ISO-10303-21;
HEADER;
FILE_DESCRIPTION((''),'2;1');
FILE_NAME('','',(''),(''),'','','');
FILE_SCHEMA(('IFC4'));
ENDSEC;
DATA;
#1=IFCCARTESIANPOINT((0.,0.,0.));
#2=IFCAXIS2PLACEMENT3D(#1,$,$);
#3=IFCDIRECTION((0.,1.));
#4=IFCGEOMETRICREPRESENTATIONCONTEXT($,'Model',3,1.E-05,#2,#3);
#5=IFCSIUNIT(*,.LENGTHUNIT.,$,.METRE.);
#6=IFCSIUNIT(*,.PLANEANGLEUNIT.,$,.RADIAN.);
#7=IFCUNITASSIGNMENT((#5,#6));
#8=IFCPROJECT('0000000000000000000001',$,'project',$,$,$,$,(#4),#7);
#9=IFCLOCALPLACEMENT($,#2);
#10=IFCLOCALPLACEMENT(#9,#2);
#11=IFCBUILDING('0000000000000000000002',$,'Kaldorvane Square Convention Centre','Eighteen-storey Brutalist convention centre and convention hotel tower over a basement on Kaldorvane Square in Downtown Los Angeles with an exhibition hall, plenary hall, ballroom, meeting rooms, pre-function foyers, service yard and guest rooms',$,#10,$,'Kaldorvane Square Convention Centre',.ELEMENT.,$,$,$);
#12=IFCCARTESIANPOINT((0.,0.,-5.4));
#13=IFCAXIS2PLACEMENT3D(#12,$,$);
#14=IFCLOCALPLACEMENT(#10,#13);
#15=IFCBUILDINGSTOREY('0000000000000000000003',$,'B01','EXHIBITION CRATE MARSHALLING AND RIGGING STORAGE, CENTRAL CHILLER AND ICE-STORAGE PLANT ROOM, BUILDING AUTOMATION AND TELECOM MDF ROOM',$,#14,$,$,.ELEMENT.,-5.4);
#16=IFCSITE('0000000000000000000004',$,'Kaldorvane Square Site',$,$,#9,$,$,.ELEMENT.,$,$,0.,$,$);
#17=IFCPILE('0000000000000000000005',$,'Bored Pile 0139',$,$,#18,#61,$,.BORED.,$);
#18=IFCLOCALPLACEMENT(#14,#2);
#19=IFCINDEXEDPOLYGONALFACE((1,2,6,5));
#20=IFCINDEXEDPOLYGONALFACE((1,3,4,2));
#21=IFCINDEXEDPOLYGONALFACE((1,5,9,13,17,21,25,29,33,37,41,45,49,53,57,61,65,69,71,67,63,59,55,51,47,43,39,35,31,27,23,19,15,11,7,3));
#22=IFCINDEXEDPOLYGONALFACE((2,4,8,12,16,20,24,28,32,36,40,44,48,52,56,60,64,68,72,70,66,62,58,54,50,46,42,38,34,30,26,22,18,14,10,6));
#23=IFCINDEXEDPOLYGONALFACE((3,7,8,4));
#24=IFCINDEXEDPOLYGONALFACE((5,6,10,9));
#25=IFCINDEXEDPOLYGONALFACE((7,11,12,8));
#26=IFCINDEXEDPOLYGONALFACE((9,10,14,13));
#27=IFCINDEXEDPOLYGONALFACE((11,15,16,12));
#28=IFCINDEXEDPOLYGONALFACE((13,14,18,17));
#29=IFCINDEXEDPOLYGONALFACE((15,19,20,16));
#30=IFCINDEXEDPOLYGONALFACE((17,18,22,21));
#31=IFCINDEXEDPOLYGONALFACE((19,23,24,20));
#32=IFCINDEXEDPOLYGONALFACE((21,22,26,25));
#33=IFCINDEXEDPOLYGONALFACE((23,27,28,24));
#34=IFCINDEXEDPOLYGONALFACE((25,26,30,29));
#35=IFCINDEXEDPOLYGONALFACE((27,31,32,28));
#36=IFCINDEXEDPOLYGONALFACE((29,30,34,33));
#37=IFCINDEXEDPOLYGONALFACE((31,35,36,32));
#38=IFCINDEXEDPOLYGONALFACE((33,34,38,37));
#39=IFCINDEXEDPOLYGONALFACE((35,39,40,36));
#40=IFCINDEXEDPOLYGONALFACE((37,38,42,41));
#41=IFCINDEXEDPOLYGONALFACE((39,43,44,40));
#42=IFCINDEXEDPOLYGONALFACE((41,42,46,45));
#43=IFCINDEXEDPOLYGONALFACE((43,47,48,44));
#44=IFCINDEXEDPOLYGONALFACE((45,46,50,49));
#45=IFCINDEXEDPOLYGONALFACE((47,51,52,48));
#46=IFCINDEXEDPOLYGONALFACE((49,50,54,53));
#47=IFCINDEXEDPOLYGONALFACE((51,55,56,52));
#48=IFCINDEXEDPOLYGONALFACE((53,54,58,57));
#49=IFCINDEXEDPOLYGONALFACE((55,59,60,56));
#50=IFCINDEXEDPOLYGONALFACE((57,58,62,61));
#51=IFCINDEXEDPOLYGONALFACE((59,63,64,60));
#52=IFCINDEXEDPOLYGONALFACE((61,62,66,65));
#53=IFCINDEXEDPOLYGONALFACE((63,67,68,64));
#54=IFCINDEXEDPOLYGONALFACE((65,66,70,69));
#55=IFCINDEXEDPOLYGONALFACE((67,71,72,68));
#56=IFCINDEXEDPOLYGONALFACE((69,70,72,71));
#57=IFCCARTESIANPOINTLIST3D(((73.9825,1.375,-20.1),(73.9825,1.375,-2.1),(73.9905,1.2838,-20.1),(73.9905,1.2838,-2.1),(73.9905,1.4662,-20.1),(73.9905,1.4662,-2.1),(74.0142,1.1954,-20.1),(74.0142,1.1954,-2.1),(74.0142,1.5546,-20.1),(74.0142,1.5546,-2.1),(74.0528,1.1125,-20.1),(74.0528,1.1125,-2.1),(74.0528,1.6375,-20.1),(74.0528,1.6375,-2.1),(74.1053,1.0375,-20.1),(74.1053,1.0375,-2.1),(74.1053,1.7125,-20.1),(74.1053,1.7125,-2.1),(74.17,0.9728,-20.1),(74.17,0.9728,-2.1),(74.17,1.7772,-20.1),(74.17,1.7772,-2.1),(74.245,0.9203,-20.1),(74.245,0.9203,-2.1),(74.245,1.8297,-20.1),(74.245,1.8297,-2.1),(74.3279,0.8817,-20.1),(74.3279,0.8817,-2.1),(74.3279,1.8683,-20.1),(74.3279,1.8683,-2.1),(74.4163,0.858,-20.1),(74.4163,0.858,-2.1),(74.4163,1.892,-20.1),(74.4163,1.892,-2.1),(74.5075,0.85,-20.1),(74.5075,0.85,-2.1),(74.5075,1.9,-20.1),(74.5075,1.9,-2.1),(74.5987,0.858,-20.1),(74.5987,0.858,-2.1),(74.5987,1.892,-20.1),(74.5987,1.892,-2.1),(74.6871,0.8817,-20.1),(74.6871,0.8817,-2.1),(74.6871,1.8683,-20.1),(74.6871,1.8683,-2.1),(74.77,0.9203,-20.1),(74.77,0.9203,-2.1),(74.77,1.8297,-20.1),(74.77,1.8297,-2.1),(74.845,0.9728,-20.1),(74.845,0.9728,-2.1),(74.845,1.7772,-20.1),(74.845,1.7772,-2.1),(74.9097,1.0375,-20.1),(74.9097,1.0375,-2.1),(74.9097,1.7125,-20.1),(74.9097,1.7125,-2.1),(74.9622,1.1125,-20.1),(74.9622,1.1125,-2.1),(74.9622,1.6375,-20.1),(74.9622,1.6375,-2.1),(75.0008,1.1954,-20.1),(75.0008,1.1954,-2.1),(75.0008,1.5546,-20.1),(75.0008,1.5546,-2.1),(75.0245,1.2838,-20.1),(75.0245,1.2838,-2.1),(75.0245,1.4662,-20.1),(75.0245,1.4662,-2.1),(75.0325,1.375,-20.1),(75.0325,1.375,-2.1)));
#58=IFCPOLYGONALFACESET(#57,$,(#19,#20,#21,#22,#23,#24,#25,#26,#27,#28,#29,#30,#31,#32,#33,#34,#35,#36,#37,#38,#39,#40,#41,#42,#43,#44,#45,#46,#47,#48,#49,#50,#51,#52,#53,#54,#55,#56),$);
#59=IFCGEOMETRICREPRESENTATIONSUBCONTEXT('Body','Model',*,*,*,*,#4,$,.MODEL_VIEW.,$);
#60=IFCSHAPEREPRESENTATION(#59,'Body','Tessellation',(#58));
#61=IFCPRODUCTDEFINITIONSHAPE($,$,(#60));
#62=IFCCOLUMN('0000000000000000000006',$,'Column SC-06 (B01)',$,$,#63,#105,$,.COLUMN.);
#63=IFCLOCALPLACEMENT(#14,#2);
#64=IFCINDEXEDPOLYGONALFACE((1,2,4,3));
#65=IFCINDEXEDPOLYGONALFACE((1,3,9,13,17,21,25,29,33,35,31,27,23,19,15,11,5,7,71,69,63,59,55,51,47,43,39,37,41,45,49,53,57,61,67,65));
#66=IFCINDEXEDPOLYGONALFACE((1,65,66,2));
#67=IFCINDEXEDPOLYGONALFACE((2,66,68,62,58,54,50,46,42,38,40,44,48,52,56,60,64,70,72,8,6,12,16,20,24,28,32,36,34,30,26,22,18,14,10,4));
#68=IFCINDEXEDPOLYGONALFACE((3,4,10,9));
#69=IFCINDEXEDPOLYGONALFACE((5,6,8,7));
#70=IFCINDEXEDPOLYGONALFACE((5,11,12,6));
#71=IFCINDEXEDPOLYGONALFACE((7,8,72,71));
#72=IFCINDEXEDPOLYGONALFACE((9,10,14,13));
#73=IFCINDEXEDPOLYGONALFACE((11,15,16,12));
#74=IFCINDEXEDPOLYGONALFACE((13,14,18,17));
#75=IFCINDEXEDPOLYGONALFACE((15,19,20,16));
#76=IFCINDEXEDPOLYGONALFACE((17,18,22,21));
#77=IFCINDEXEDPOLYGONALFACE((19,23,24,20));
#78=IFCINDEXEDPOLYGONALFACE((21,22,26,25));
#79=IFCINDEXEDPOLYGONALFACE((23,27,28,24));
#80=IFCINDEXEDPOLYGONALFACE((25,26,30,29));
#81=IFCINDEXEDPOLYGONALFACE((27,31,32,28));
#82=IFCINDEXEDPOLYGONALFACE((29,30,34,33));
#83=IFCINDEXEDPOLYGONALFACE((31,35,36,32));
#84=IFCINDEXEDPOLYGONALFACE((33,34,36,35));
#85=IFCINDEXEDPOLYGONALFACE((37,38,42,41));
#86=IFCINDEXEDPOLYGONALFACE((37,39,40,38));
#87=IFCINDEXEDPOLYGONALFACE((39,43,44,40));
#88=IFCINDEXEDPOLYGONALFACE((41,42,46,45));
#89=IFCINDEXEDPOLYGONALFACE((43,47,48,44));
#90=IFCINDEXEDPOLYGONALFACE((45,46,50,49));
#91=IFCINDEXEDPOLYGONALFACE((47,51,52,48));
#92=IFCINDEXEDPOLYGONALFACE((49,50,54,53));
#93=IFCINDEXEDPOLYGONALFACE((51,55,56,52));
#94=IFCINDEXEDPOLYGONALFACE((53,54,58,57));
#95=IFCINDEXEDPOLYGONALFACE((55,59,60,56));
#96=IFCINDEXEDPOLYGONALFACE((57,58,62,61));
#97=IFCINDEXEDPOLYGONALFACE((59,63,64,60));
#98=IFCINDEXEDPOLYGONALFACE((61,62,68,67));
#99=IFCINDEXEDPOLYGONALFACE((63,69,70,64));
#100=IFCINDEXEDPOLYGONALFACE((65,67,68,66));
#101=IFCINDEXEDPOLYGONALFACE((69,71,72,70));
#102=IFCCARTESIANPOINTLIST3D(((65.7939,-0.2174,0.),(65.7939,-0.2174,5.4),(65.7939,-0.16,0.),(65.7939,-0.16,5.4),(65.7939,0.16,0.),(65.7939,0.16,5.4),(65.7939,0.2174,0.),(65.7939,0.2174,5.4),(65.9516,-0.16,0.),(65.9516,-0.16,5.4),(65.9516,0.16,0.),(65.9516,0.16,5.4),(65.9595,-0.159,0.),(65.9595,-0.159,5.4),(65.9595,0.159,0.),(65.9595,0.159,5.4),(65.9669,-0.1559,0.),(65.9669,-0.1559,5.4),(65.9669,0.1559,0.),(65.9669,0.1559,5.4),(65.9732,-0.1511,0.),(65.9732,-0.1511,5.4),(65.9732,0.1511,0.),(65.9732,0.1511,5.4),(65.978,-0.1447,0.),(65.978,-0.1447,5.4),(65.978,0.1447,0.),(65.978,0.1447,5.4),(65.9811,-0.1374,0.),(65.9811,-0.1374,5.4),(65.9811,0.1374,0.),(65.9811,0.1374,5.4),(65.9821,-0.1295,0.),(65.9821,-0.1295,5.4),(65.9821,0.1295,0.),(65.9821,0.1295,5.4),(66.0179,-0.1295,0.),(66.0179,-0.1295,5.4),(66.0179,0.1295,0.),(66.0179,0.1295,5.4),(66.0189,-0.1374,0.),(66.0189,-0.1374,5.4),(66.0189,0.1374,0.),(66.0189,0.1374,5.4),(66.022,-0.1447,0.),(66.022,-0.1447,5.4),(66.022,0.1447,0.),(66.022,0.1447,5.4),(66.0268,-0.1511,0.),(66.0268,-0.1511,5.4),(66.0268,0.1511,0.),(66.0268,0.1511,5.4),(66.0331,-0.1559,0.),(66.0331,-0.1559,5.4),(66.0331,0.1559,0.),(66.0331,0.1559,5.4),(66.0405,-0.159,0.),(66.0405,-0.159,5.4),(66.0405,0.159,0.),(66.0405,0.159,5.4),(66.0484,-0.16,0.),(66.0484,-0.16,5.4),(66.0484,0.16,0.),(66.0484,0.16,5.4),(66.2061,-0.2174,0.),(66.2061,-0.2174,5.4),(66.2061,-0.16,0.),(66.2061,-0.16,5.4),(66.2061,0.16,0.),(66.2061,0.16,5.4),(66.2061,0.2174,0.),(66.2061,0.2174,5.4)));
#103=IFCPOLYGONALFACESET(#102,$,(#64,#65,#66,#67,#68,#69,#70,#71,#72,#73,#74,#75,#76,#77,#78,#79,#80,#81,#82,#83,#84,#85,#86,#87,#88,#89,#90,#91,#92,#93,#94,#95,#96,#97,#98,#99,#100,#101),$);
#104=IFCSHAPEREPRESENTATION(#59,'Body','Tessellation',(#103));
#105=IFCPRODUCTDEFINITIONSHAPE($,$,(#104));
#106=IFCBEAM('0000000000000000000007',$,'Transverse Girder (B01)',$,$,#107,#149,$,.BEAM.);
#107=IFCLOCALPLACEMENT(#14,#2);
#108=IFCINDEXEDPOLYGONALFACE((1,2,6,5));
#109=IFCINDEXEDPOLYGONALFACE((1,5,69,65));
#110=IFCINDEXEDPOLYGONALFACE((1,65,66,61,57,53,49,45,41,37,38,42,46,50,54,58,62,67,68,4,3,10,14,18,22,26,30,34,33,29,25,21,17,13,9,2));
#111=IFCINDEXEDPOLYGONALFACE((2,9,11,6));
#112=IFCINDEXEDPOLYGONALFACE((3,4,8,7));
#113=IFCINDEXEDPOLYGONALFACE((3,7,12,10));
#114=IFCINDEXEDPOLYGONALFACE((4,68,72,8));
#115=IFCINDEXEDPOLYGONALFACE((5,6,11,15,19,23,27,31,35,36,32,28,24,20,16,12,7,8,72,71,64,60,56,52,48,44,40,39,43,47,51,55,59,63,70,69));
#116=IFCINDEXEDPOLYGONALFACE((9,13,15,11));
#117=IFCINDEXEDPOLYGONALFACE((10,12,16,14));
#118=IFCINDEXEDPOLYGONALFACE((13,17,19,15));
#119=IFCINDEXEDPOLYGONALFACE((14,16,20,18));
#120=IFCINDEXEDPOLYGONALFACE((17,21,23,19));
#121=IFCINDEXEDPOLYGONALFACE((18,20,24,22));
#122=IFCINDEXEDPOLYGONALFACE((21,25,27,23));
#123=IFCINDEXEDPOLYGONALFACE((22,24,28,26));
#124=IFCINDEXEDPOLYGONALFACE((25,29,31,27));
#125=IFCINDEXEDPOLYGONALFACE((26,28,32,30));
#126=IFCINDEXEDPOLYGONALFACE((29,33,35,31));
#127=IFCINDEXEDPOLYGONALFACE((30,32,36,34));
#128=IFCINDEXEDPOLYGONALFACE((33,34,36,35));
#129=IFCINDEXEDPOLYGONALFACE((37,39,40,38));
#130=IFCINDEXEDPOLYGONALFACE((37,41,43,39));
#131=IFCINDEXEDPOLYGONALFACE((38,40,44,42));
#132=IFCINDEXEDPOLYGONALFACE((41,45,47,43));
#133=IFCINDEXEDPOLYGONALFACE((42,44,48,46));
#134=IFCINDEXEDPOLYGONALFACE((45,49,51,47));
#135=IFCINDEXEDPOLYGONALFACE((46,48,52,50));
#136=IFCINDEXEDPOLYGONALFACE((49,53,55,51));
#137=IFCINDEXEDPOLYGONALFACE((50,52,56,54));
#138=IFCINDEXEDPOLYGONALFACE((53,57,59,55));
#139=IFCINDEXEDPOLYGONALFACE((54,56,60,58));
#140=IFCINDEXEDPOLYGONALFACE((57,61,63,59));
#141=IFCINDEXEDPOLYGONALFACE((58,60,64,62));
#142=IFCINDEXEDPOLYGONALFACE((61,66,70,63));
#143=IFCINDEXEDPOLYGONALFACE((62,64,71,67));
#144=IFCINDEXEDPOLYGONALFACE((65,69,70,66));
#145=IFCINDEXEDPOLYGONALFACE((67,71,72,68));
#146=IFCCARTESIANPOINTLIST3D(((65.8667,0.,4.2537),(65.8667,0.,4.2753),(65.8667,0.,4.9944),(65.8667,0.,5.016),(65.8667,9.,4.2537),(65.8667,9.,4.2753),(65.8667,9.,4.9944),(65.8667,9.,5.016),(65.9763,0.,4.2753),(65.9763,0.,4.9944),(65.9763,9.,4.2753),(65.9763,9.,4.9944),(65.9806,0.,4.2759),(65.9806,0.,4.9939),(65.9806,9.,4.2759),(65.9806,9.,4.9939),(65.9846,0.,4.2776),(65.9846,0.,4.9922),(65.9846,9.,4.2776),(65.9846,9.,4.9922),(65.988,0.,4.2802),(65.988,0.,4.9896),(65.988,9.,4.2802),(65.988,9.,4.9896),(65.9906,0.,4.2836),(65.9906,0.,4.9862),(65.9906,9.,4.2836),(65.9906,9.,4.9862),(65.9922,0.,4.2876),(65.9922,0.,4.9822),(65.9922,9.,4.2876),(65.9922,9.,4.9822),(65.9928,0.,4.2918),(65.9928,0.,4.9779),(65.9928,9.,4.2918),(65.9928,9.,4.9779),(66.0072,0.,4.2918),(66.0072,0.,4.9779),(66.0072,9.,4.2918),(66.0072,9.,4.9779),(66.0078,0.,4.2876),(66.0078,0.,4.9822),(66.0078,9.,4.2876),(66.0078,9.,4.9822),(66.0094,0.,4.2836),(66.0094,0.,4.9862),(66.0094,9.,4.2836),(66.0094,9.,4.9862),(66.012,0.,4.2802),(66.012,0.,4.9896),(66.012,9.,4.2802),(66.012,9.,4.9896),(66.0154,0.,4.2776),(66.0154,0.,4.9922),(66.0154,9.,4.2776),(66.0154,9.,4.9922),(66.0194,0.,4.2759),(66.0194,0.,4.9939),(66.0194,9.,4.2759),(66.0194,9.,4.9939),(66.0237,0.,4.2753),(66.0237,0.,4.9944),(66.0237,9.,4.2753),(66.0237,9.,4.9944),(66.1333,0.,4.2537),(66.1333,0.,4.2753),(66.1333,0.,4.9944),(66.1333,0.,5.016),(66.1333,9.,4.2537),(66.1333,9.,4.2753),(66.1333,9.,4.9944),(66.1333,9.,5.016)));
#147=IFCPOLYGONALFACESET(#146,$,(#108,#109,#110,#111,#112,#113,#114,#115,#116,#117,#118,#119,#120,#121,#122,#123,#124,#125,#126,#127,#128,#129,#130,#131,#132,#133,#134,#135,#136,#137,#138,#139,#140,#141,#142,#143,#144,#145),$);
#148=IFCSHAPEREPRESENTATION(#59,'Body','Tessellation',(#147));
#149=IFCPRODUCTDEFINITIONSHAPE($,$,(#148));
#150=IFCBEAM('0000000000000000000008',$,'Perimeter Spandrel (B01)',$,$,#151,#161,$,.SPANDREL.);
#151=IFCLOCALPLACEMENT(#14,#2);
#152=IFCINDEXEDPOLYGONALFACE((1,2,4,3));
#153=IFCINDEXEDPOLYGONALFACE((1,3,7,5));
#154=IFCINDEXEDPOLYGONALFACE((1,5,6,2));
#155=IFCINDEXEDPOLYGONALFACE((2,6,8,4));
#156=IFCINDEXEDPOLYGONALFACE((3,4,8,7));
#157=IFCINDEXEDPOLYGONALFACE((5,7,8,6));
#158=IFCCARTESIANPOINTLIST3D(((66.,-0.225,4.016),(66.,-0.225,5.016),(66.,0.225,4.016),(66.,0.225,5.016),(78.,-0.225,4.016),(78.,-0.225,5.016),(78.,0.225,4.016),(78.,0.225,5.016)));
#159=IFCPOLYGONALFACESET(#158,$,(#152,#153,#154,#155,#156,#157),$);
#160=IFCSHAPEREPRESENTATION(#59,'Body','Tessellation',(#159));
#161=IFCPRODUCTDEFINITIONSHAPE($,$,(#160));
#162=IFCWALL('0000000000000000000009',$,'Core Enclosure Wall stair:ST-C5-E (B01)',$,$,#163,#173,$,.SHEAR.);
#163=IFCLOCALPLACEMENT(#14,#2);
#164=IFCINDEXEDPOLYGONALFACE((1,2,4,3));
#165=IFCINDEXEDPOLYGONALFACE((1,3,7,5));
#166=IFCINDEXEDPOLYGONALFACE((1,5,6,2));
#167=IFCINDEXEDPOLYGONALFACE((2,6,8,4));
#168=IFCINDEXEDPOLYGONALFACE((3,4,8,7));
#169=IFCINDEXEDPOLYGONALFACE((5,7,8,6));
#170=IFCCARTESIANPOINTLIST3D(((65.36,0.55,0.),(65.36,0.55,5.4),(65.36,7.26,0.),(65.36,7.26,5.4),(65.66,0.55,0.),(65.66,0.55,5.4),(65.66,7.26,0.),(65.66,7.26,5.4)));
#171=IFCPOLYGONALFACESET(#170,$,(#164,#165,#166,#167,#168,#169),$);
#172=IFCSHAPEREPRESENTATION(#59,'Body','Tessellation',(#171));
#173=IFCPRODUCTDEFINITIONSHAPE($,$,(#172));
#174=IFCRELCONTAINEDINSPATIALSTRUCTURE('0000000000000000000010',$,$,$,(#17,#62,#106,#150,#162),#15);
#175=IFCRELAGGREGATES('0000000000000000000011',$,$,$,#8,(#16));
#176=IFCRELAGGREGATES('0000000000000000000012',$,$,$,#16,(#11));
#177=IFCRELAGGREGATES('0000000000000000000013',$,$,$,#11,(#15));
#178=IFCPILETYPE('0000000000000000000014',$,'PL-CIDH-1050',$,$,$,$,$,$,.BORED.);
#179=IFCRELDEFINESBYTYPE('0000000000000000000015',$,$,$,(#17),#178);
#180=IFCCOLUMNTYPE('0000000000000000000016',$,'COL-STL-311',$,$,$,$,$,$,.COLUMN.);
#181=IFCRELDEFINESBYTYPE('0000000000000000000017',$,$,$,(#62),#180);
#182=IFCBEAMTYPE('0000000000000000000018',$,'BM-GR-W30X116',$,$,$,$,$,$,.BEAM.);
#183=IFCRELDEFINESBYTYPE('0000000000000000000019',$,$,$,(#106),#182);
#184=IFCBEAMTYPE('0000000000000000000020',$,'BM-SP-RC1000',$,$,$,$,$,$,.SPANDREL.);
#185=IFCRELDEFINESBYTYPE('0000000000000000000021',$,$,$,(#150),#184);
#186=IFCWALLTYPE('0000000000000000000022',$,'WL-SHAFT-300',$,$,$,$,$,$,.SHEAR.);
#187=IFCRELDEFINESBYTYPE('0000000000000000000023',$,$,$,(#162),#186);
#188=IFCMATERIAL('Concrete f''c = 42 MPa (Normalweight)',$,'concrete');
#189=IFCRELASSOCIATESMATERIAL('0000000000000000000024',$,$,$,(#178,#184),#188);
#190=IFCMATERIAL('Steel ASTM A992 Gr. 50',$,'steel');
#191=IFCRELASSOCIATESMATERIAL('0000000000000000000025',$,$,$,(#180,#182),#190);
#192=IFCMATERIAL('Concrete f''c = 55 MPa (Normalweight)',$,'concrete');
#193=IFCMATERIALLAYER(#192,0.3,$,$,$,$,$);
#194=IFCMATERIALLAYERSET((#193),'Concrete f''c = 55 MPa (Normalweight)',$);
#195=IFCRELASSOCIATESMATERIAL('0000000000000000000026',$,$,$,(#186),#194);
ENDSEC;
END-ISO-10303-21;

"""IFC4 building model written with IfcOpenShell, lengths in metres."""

from ifc_helpers import new_model, si_unit, direction, frame, frame_2d, origin, origin_2d, place, context, subcontext, project, spatial, rectangle, circle, i_section, extrude, material, layer, layer_set, material_profile, profile_set, type_object, element, save


model = new_model("IFC4")

# Units and contexts
model_context = context("Model", 3, precision=1e-05, world=origin(), true_north=direction((0.0, 1.0)))
body_context = subcontext(model_context, "Body", "Model", "MODEL_VIEW")
ifc_project = project(units=[si_unit("LENGTHUNIT", "METRE"), si_unit("PLANEANGLEUNIT", "RADIAN")], contexts=[model_context])

# Site, building, storey
site_placement = place(None, origin())
site = spatial("IfcSite", under=ifc_project, at=site_placement, Name="Kaldorvane Square Site", CompositionType="ELEMENT", RefElevation=0.0)
building_placement = place(site_placement, origin())
building = spatial("IfcBuilding", under=site, at=building_placement, Name="Kaldorvane Square Convention Centre", Description="Eighteen-storey Brutalist convention centre and convention hotel tower over a basement on Kaldorvane Square in Downtown Los Angeles with an exhibition hall, plenary hall, ballroom, meeting rooms, pre-function foyers, service yard and guest rooms", LongName="Kaldorvane Square Convention Centre", CompositionType="ELEMENT")
storey_placement = place(building_placement, frame((0.0, 0.0, -5.4)))
storey = spatial("IfcBuildingStorey", under=building, at=storey_placement, Name="B01", Description="EXHIBITION CRATE MARSHALLING AND RIGGING STORAGE, CENTRAL CHILLER AND ICE-STORAGE PLANT ROOM, BUILDING AUTOMATION AND TELECOM MDF ROOM", CompositionType="ELEMENT", Elevation=-5.4)

# Shared definitions
ifc_material_1 = material(Name="Concrete f'c = 42 MPa (Normalweight)", Category="concrete")

# Pile
ifc_material_profile_1 = material_profile(ifc_material_1, circle(Radius=0.525, at=origin_2d()), Name="PILE-D1050")
ifc_profile_set_1 = profile_set([ifc_material_profile_1], Name="Concrete f'c = 42 MPa (Normalweight)")
pile_type = type_object("IfcPileType", Name="PL-CIDH-1050", PredefinedType="BORED", material=ifc_profile_set_1)
for number, where, z_axis, x_axis, name in (
    (1, (74.5075, 1.375, -2.1), (0.0, 0.0, -1.0), (1.0, 0.0, 0.0), "Bored Pile 0139"),
):
    element("IfcPile", number, at=place(storey_placement, frame(where, z_axis=z_axis, x_axis=x_axis)), inside=storey, type_object=pile_type, Name=name, PredefinedType="BORED", context=body_context, shape_type="SweptSolid", body=[
        extrude(circle(Radius=0.525, at=origin_2d()), origin(), (0.0, 0.0, 1.0), 18.0),
    ])

# Column
ifc_material_2 = material(Name="Steel ASTM A992 Gr. 50", Category="steel")
ifc_material_profile_2 = material_profile(ifc_material_2, i_section(OverallWidth=0.4122, OverallDepth=0.4348, WebThickness=0.0358, FlangeThickness=0.0574, FilletRadius=0.0305, at=origin_2d()), Name="W14X311")
ifc_profile_set_2 = profile_set([ifc_material_profile_2], Name="Steel ASTM A992 Gr. 50")
column_type = type_object("IfcColumnType", Name="COL-STL-311", PredefinedType="COLUMN", material=ifc_profile_set_2)
column_placement = place(storey_placement, frame((66.0, 0.0, 0.0), z_axis=(0.0, 0.0, 1.0), x_axis=(1.0, 0.0, 0.0)))
element("IfcColumn", 2, at=column_placement, inside=storey, type_object=column_type, Name="Column SC-06 (B01)", PredefinedType="COLUMN", context=body_context, shape_type="SweptSolid", body=[
    extrude(i_section(OverallWidth=0.4122, OverallDepth=0.4348, WebThickness=0.0358, FlangeThickness=0.0574, FilletRadius=0.0305, at=origin_2d()), origin(), (0.0, 0.0, 1.0), 5.4),
])

# Beams
ifc_material_profile_3 = material_profile(ifc_material_2, i_section(OverallWidth=0.2666, OverallDepth=0.7623, WebThickness=0.0144, FlangeThickness=0.0216, FilletRadius=0.0165, at=origin_2d()), Name="W30X116")
ifc_profile_set_3 = profile_set([ifc_material_profile_3], Name="Steel ASTM A992 Gr. 50")
beam_type_1 = type_object("IfcBeamType", Name="BM-GR-W30X116", PredefinedType="BEAM", material=ifc_profile_set_3)
beam_1_placement = place(storey_placement, frame((66.0, 0.0, 4.6349), z_axis=(0.0, 1.0, 0.0), x_axis=(-1.0, 0.0, 0.0)))
element("IfcBeam", 3, at=beam_1_placement, inside=storey, type_object=beam_type_1, Name="Transverse Girder (B01)", PredefinedType="BEAM", context=body_context, shape_type="SweptSolid", body=[
    extrude(i_section(OverallWidth=0.2666, OverallDepth=0.7623, WebThickness=0.0144, FlangeThickness=0.0216, FilletRadius=0.0165, at=origin_2d()), origin(), (0.0, 0.0, 1.0), 9.0),
])
ifc_material_profile_4 = material_profile(ifc_material_1, rectangle(XDim=0.45, YDim=1.0, at=origin_2d()), Name="RCSP1000X450")
ifc_profile_set_4 = profile_set([ifc_material_profile_4], Name="Concrete f'c = 42 MPa (Normalweight)")
beam_type_2 = type_object("IfcBeamType", Name="BM-SP-RC1000", PredefinedType="SPANDREL", material=ifc_profile_set_4)
beam_2_placement = place(storey_placement, frame((66.0, 0.0, 4.516), z_axis=(1.0, 0.0, 0.0), x_axis=(0.0, 1.0, 0.0)))
element("IfcBeam", 4, at=beam_2_placement, inside=storey, type_object=beam_type_2, Name="Perimeter Spandrel (B01)", PredefinedType="SPANDREL", context=body_context, shape_type="SweptSolid", body=[
    extrude(rectangle(XDim=0.45, YDim=1.0, at=origin_2d()), origin(), (0.0, 0.0, 1.0), 12.0),
])

# Wall
ifc_material_3 = material(Name="Concrete f'c = 55 MPa (Normalweight)", Category="concrete")
ifc_layer = layer(ifc_material_3, 0.3)
ifc_layer_set = layer_set([ifc_layer], Name="Concrete f'c = 55 MPa (Normalweight)")
wall_type = type_object("IfcWallType", Name="WL-SHAFT-300", PredefinedType="SHEAR", material=ifc_layer_set)
wall_placement = place(storey_placement, frame((65.51, 0.55, 0.0), z_axis=(0.0, 0.0, 1.0), x_axis=(0.0, 1.0, 0.0)))
element("IfcWall", 5, at=wall_placement, inside=storey, type_object=wall_type, Name="Core Enclosure Wall stair:ST-C5-E (B01)", PredefinedType="SHEAR", context=body_context, shape_type="SweptSolid", body=[
    extrude(rectangle(XDim=6.71, YDim=0.3, at=frame_2d((3.355, 0.0))), origin(), (0.0, 0.0, 1.0), 5.4),
])

save(model, "model.ifc")
